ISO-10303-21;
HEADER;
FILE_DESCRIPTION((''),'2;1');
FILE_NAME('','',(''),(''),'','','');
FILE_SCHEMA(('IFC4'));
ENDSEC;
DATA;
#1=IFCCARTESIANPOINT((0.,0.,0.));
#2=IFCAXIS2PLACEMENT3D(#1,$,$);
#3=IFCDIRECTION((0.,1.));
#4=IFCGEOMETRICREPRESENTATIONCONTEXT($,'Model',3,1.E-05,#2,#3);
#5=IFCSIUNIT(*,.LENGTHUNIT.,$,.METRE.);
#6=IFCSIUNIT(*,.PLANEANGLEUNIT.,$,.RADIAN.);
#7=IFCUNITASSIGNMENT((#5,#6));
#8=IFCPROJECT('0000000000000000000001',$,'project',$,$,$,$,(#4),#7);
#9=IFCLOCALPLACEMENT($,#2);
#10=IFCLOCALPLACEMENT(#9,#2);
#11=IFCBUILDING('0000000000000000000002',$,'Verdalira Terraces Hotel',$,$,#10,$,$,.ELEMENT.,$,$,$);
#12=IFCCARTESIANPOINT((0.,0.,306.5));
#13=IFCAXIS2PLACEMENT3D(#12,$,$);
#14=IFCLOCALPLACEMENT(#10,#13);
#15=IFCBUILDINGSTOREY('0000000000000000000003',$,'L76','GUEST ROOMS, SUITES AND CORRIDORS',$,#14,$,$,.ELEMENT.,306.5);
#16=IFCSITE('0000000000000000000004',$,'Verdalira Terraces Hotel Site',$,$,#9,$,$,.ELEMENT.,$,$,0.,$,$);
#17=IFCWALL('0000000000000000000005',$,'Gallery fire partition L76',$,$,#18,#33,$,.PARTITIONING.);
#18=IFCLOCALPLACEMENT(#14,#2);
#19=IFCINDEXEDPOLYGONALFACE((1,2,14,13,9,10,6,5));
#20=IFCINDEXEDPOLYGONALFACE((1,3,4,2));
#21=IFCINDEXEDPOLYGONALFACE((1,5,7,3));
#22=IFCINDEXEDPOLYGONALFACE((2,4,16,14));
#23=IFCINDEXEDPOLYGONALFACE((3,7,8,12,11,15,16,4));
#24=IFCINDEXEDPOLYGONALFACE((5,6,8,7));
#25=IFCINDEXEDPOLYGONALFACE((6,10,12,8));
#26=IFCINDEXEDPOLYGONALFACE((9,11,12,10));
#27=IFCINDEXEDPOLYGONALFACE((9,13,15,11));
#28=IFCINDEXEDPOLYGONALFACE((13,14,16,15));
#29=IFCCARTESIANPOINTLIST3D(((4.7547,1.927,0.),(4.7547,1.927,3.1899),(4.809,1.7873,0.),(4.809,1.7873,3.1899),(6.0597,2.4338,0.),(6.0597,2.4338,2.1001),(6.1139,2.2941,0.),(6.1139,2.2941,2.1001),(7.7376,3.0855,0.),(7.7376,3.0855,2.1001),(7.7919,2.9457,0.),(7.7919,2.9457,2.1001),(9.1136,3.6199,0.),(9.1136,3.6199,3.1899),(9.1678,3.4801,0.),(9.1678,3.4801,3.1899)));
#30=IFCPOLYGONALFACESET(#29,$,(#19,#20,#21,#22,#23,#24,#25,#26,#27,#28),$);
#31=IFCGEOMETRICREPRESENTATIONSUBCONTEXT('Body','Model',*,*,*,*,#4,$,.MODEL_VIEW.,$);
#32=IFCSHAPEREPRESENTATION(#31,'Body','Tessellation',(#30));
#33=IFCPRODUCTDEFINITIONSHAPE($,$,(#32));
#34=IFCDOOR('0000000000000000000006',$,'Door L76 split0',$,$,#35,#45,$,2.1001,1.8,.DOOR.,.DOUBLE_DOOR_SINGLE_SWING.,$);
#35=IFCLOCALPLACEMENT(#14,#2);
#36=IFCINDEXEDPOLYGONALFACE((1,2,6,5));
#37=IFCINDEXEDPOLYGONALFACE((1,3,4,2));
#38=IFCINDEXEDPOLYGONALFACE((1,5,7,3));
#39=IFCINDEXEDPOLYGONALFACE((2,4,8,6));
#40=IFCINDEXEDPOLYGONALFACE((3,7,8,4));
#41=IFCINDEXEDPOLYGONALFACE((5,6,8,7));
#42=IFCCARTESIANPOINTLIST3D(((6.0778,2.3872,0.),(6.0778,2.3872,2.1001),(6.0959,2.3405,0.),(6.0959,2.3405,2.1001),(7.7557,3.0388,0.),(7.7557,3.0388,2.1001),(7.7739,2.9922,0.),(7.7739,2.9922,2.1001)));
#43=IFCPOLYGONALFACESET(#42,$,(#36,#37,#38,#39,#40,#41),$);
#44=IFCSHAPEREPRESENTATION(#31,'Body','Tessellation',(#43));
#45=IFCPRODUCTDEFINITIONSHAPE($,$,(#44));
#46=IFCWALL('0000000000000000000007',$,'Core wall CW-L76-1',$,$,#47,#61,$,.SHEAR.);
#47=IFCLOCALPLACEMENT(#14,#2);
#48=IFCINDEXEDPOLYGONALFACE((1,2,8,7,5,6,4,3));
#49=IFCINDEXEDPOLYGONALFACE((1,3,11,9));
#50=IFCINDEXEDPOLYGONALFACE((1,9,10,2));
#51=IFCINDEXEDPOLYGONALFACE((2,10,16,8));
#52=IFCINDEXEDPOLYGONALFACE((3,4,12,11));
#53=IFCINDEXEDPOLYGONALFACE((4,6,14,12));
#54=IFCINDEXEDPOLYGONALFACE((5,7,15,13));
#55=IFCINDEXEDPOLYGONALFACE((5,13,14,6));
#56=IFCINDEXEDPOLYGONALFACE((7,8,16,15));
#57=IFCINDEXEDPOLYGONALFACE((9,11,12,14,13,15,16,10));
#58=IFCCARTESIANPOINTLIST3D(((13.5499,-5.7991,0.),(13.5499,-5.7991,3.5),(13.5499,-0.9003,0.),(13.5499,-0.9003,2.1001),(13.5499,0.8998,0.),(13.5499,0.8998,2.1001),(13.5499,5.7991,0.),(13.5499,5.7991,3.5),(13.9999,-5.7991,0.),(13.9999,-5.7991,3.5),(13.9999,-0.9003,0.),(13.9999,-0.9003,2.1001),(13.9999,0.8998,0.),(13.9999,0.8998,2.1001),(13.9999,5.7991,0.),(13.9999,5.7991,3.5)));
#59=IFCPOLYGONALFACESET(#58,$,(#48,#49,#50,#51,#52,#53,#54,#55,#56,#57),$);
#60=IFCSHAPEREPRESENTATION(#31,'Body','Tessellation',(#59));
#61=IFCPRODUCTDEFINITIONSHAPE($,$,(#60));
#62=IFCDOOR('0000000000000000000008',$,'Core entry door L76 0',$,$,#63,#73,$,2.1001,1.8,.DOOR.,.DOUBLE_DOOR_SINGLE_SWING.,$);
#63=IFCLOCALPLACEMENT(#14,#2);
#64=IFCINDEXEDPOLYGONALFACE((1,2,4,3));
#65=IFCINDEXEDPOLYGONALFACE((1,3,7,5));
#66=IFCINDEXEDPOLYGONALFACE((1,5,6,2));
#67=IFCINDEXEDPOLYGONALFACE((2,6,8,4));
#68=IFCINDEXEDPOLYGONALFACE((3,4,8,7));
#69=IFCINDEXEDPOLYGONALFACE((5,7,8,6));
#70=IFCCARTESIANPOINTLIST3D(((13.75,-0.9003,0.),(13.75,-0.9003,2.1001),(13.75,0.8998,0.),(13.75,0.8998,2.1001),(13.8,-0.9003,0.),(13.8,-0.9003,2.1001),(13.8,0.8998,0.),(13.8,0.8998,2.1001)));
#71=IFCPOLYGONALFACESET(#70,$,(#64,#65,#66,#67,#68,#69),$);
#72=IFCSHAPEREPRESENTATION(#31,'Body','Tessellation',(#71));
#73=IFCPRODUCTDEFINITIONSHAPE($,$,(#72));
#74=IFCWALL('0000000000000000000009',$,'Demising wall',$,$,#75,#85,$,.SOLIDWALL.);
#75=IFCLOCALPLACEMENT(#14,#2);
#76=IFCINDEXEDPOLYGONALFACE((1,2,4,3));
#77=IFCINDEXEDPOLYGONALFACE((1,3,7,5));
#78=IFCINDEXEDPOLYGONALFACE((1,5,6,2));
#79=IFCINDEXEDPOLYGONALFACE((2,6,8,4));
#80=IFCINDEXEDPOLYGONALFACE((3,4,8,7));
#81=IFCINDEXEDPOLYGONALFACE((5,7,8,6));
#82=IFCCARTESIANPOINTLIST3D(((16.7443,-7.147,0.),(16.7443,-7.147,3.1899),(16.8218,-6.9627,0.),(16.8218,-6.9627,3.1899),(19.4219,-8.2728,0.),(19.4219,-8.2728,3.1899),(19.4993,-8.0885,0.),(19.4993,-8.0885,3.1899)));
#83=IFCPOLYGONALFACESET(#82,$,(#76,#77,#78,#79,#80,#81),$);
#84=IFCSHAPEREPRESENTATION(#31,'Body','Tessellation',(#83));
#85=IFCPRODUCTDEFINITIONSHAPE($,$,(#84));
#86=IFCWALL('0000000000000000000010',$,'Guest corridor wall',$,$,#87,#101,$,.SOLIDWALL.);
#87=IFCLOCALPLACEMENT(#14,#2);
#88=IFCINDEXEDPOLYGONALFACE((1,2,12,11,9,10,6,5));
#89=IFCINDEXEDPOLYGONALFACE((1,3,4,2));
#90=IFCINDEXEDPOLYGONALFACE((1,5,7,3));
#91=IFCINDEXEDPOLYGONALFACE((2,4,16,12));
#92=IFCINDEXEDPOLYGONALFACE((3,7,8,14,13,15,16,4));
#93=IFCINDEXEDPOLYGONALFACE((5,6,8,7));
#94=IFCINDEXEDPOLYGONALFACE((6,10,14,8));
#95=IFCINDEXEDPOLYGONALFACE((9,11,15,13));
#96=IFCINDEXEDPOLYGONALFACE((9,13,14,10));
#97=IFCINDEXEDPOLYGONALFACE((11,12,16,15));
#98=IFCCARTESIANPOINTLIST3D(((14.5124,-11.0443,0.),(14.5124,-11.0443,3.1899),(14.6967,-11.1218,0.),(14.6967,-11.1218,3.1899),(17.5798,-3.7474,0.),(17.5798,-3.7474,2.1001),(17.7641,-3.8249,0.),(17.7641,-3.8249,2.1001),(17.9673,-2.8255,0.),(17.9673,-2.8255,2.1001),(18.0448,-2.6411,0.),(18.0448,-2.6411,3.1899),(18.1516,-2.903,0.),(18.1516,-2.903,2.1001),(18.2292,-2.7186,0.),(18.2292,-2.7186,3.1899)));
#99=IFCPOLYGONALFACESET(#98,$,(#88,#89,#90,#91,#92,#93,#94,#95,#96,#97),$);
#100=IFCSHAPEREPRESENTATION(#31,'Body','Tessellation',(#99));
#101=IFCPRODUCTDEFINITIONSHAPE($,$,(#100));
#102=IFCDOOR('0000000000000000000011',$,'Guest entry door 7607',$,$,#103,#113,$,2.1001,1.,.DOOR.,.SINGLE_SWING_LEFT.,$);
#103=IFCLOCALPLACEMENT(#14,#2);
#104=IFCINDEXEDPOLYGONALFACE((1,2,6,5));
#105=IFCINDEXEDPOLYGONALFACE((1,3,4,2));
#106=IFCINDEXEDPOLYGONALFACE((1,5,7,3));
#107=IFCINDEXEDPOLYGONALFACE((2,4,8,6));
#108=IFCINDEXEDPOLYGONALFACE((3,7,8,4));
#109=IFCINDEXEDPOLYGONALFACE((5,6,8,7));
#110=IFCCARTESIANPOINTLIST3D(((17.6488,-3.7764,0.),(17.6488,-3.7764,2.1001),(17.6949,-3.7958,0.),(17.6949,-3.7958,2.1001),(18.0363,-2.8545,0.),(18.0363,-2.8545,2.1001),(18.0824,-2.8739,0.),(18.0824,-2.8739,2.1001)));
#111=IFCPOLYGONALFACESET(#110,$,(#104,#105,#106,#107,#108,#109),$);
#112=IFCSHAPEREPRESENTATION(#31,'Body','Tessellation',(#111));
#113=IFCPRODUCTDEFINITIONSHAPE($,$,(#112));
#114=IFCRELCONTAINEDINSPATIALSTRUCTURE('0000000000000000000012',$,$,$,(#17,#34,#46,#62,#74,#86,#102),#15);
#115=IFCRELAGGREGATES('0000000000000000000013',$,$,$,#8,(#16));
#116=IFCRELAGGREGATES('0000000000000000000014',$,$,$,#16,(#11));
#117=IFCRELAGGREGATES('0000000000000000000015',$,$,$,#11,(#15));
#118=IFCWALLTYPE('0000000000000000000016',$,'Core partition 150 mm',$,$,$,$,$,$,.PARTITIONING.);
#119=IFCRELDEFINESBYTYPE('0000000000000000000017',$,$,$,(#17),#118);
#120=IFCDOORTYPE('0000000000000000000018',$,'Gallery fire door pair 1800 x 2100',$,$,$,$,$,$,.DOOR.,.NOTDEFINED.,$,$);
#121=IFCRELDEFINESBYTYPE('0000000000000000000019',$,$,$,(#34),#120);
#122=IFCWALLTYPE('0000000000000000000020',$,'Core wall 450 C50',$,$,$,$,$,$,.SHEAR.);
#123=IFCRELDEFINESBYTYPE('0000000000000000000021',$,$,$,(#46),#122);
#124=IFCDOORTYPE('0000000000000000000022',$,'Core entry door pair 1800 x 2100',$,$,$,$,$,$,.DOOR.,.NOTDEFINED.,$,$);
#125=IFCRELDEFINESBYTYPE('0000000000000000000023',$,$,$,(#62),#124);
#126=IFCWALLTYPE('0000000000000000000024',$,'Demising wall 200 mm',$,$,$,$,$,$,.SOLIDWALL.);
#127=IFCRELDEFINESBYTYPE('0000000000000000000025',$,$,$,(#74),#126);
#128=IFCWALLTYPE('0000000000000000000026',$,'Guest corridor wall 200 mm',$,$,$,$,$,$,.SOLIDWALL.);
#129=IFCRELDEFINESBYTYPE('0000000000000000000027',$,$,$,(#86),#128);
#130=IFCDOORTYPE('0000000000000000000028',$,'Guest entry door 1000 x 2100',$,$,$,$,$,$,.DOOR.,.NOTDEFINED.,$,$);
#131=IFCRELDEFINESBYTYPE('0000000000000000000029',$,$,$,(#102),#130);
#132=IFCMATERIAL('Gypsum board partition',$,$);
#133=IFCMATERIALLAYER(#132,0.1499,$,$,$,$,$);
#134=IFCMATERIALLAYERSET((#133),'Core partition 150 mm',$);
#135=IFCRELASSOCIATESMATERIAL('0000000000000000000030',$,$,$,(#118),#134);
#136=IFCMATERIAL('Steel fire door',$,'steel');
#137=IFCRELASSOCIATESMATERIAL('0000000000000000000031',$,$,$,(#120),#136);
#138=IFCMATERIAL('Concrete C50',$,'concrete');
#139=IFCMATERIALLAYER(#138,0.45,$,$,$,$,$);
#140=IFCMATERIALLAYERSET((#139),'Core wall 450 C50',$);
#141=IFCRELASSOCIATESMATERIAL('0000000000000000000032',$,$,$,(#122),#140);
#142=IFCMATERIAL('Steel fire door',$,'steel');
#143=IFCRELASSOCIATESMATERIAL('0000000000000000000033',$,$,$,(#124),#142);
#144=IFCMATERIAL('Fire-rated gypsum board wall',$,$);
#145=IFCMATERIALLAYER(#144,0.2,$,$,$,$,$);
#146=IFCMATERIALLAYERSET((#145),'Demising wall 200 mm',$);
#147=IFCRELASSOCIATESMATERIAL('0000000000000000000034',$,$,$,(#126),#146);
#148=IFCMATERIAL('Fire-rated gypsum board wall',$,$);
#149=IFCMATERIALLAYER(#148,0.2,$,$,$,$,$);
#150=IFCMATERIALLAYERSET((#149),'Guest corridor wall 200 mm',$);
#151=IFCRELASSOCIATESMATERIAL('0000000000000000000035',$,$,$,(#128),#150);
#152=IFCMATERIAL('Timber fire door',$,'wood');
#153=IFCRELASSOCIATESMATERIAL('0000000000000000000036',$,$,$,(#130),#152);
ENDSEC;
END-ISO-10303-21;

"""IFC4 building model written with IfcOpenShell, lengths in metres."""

from ifc_helpers import new_model, si_unit, direction, frame, frame_2d, origin, place, context, subcontext, project, spatial, rectangle, extrude, material, layer, layer_set, type_object, element, fill, save


model = new_model("IFC4")

# Units and contexts
model_context = context("Model", 3, precision=1e-05, world=origin(), true_north=direction((0.0, 1.0)))
body_context = subcontext(model_context, "Body", "Model", "MODEL_VIEW")
ifc_project = project(units=[si_unit("LENGTHUNIT", "METRE"), si_unit("PLANEANGLEUNIT", "RADIAN")], contexts=[model_context])

# Site, building, storey
site_placement = place(None, origin())
site = spatial("IfcSite", under=ifc_project, at=site_placement, Name="Verdalira Terraces Hotel Site", CompositionType="ELEMENT", RefElevation=0.0)
building_placement = place(site_placement, origin())
building = spatial("IfcBuilding", under=site, at=building_placement, Name="Verdalira Terraces Hotel", CompositionType="ELEMENT")
storey_placement = place(building_placement, frame((0.0, 0.0, 306.5)))
storey = spatial("IfcBuildingStorey", under=building, at=storey_placement, Name="L76", Description="GUEST ROOMS, SUITES AND CORRIDORS", CompositionType="ELEMENT", Elevation=306.5)

# Walls, openings, doors
ifc_material_1 = material(Name="Gypsum board partition")
ifc_layer_1 = layer(ifc_material_1, 0.1499)
ifc_layer_set_1 = layer_set([ifc_layer_1], Name="Core partition 150 mm")
wall_type_1 = type_object("IfcWallType", Name="Core partition 150 mm", PredefinedType="PARTITIONING", material=ifc_layer_set_1)
wall_1_placement = place(storey_placement, frame((4.782, 1.8572, 0.0), z_axis=(0.0, 0.0, 1.0), x_axis=(0.932167, 0.362028, 0.0)))
wall_1 = element("IfcWall", 1, at=wall_1_placement, inside=storey, type_object=wall_type_1, Name="Gallery fire partition L76", PredefinedType="PARTITIONING", context=body_context, shape_type="SweptSolid", body=[
    extrude(rectangle(XDim=4.676, YDim=0.1499, at=frame_2d((2.3379, 0.0))), origin(), (0.0, 0.0, 1.0), 3.1899),
])
opening_1_placement = place(wall_1_placement, frame((1.3999, 0.0, 0.0)))
opening_1 = element("IfcOpeningElement", 2, at=opening_1_placement, cuts=wall_1, PredefinedType="OPENING", context=body_context, shape_type="SweptSolid", body=[
    extrude(rectangle(XDim=1.8, YDim=2.1001, at=frame_2d((0.8999, 1.05))), frame((0.0, 0.085, 0.0), z_axis=(0.0, -1.0, 0.0), x_axis=(1.0, 0.0, 0.0)), (0.0, 0.0, 1.0), 0.1699),
])
ifc_material_2 = material(Name="Steel fire door", Category="steel")
door_type_1 = type_object("IfcDoorType", Name="Gallery fire door pair 1800 x 2100", OperationType="NOTDEFINED", PredefinedType="DOOR", material=ifc_material_2)
door_1_placement = place(opening_1_placement, origin())
door_1 = element("IfcDoor", 3, at=door_1_placement, inside=storey, type_object=door_type_1, Name="Door L76 split0", OperationType="DOUBLE_DOOR_SINGLE_SWING", OverallHeight=2.1001, OverallWidth=1.8, PredefinedType="DOOR", context=body_context, shape_type="SweptSolid", body=[
    extrude(rectangle(XDim=1.8, YDim=2.1001, at=frame_2d((0.8999, 1.05))), frame((0.0, 0.0249, 0.0), z_axis=(0.0, -1.0, 0.0), x_axis=(1.0, 0.0, 0.0)), (0.0, 0.0, 1.0), 0.05),
])
fill(opening_1, door_1)
ifc_material_3 = material(Name="Concrete C50", Category="concrete")
ifc_layer_2 = layer(ifc_material_3, 0.45)
ifc_layer_set_2 = layer_set([ifc_layer_2], Name="Core wall 450 C50")
wall_type_2 = type_object("IfcWallType", Name="Core wall 450 C50", PredefinedType="SHEAR", material=ifc_layer_set_2)
wall_2_placement = place(storey_placement, frame((13.7749, -5.7991, 0.0), z_axis=(0.0, 0.0, 1.0), x_axis=(0.0, 1.0, 0.0)))
wall_2 = element("IfcWall", 4, at=wall_2_placement, inside=storey, type_object=wall_type_2, Name="Core wall CW-L76-1", PredefinedType="SHEAR", context=body_context, shape_type="SweptSolid", body=[
    extrude(rectangle(XDim=11.5981, YDim=0.45, at=frame_2d((5.7991, 0.0))), origin(), (0.0, 0.0, 1.0), 3.5),
])
opening_2_placement = place(wall_2_placement, frame((4.8989, 0.0, 0.0)))
opening_2 = element("IfcOpeningElement", 5, at=opening_2_placement, cuts=wall_2, PredefinedType="OPENING", context=body_context, shape_type="SweptSolid", body=[
    extrude(rectangle(XDim=1.8, YDim=2.1001, at=frame_2d((0.8999, 1.05))), frame((0.0, 0.2349, 0.0), z_axis=(0.0, -1.0, 0.0), x_axis=(1.0, 0.0, 0.0)), (0.0, 0.0, 1.0), 0.47),
])
ifc_material_4 = material(Name="Steel fire door", Category="steel")
door_type_2 = type_object("IfcDoorType", Name="Core entry door pair 1800 x 2100", OperationType="NOTDEFINED", PredefinedType="DOOR", material=ifc_material_4)
door_2_placement = place(opening_2_placement, origin())
door_2 = element("IfcDoor", 6, at=door_2_placement, inside=storey, type_object=door_type_2, Name="Core entry door L76 0", OperationType="DOUBLE_DOOR_SINGLE_SWING", OverallHeight=2.1001, OverallWidth=1.8, PredefinedType="DOOR", context=body_context, shape_type="SweptSolid", body=[
    extrude(rectangle(XDim=1.8, YDim=2.1001, at=frame_2d((0.8999, 1.05))), frame((0.0, 0.0249, 0.0), z_axis=(0.0, -1.0, 0.0), x_axis=(1.0, 0.0, 0.0)), (0.0, 0.0, 1.0), 0.05),
])
fill(opening_2, door_2)

# Wall
ifc_material_5 = material(Name="Fire-rated gypsum board wall")
ifc_layer_3 = layer(ifc_material_5, 0.2)
ifc_layer_set_3 = layer_set([ifc_layer_3], Name="Demising wall 200 mm")
wall_type_3 = type_object("IfcWallType", Name="Demising wall 200 mm", PredefinedType="SOLIDWALL", material=ifc_layer_set_3)
wall_3_placement = place(storey_placement, frame((16.7832, -7.0549, 0.0), z_axis=(0.0, 0.0, 1.0), x_axis=(0.921836, -0.38758, 0.0)))
element("IfcWall", 7, at=wall_3_placement, inside=storey, type_object=wall_type_3, Name="Demising wall", PredefinedType="SOLIDWALL", context=body_context, shape_type="SweptSolid", body=[
    extrude(rectangle(XDim=2.9045, YDim=0.2, at=frame_2d((1.4521, 0.0))), origin(), (0.0, 0.0, 1.0), 3.1899),
])

# Wall, opening, door
ifc_material_6 = material(Name="Fire-rated gypsum board wall")
ifc_layer_4 = layer(ifc_material_6, 0.2)
ifc_layer_set_4 = layer_set([ifc_layer_4], Name="Guest corridor wall 200 mm")
wall_type_4 = type_object("IfcWallType", Name="Guest corridor wall 200 mm", PredefinedType="SOLIDWALL", material=ifc_layer_set_4)
wall_4_placement = place(storey_placement, frame((18.137, -2.6799, 0.0), z_axis=(0.0, 0.0, 1.0), x_axis=(-0.387519, -0.921862, 0.0)))
wall_4 = element("IfcWall", 8, at=wall_4_placement, inside=storey, type_object=wall_type_4, Name="Guest corridor wall", PredefinedType="SOLIDWALL", context=body_context, shape_type="SweptSolid", body=[
    extrude(rectangle(XDim=9.1155, YDim=0.2, at=frame_2d((4.5576, 0.0))), origin(), (0.0, 0.0, 1.0), 3.1899),
])
opening_3_placement = place(wall_4_placement, frame((0.2, 0.0, 0.0)))
opening_3 = element("IfcOpeningElement", 9, at=opening_3_placement, cuts=wall_4, PredefinedType="OPENING", context=body_context, shape_type="SweptSolid", body=[
    extrude(rectangle(XDim=1.0, YDim=2.1001, at=frame_2d((0.5, 1.05))), frame((0.0, 0.1099, 0.0), z_axis=(0.0, -1.0, 0.0), x_axis=(1.0, 0.0, 0.0)), (0.0, 0.0, 1.0), 0.22),
])
ifc_material_7 = material(Name="Timber fire door", Category="wood")
door_type_3 = type_object("IfcDoorType", Name="Guest entry door 1000 x 2100", OperationType="NOTDEFINED", PredefinedType="DOOR", material=ifc_material_7)
door_3_placement = place(opening_3_placement, origin())
door_3 = element("IfcDoor", 10, at=door_3_placement, inside=storey, type_object=door_type_3, Name="Guest entry door 7607", OperationType="SINGLE_SWING_LEFT", OverallHeight=2.1001, OverallWidth=1.0, PredefinedType="DOOR", context=body_context, shape_type="SweptSolid", body=[
    extrude(rectangle(XDim=1.0, YDim=2.1001, at=frame_2d((0.5, 1.05))), frame((0.0, 0.0249, 0.0), z_axis=(0.0, -1.0, 0.0), x_axis=(1.0, 0.0, 0.0)), (0.0, 0.0, 1.0), 0.05),
])
fill(opening_3, door_3)

save(model, "model.ifc")
